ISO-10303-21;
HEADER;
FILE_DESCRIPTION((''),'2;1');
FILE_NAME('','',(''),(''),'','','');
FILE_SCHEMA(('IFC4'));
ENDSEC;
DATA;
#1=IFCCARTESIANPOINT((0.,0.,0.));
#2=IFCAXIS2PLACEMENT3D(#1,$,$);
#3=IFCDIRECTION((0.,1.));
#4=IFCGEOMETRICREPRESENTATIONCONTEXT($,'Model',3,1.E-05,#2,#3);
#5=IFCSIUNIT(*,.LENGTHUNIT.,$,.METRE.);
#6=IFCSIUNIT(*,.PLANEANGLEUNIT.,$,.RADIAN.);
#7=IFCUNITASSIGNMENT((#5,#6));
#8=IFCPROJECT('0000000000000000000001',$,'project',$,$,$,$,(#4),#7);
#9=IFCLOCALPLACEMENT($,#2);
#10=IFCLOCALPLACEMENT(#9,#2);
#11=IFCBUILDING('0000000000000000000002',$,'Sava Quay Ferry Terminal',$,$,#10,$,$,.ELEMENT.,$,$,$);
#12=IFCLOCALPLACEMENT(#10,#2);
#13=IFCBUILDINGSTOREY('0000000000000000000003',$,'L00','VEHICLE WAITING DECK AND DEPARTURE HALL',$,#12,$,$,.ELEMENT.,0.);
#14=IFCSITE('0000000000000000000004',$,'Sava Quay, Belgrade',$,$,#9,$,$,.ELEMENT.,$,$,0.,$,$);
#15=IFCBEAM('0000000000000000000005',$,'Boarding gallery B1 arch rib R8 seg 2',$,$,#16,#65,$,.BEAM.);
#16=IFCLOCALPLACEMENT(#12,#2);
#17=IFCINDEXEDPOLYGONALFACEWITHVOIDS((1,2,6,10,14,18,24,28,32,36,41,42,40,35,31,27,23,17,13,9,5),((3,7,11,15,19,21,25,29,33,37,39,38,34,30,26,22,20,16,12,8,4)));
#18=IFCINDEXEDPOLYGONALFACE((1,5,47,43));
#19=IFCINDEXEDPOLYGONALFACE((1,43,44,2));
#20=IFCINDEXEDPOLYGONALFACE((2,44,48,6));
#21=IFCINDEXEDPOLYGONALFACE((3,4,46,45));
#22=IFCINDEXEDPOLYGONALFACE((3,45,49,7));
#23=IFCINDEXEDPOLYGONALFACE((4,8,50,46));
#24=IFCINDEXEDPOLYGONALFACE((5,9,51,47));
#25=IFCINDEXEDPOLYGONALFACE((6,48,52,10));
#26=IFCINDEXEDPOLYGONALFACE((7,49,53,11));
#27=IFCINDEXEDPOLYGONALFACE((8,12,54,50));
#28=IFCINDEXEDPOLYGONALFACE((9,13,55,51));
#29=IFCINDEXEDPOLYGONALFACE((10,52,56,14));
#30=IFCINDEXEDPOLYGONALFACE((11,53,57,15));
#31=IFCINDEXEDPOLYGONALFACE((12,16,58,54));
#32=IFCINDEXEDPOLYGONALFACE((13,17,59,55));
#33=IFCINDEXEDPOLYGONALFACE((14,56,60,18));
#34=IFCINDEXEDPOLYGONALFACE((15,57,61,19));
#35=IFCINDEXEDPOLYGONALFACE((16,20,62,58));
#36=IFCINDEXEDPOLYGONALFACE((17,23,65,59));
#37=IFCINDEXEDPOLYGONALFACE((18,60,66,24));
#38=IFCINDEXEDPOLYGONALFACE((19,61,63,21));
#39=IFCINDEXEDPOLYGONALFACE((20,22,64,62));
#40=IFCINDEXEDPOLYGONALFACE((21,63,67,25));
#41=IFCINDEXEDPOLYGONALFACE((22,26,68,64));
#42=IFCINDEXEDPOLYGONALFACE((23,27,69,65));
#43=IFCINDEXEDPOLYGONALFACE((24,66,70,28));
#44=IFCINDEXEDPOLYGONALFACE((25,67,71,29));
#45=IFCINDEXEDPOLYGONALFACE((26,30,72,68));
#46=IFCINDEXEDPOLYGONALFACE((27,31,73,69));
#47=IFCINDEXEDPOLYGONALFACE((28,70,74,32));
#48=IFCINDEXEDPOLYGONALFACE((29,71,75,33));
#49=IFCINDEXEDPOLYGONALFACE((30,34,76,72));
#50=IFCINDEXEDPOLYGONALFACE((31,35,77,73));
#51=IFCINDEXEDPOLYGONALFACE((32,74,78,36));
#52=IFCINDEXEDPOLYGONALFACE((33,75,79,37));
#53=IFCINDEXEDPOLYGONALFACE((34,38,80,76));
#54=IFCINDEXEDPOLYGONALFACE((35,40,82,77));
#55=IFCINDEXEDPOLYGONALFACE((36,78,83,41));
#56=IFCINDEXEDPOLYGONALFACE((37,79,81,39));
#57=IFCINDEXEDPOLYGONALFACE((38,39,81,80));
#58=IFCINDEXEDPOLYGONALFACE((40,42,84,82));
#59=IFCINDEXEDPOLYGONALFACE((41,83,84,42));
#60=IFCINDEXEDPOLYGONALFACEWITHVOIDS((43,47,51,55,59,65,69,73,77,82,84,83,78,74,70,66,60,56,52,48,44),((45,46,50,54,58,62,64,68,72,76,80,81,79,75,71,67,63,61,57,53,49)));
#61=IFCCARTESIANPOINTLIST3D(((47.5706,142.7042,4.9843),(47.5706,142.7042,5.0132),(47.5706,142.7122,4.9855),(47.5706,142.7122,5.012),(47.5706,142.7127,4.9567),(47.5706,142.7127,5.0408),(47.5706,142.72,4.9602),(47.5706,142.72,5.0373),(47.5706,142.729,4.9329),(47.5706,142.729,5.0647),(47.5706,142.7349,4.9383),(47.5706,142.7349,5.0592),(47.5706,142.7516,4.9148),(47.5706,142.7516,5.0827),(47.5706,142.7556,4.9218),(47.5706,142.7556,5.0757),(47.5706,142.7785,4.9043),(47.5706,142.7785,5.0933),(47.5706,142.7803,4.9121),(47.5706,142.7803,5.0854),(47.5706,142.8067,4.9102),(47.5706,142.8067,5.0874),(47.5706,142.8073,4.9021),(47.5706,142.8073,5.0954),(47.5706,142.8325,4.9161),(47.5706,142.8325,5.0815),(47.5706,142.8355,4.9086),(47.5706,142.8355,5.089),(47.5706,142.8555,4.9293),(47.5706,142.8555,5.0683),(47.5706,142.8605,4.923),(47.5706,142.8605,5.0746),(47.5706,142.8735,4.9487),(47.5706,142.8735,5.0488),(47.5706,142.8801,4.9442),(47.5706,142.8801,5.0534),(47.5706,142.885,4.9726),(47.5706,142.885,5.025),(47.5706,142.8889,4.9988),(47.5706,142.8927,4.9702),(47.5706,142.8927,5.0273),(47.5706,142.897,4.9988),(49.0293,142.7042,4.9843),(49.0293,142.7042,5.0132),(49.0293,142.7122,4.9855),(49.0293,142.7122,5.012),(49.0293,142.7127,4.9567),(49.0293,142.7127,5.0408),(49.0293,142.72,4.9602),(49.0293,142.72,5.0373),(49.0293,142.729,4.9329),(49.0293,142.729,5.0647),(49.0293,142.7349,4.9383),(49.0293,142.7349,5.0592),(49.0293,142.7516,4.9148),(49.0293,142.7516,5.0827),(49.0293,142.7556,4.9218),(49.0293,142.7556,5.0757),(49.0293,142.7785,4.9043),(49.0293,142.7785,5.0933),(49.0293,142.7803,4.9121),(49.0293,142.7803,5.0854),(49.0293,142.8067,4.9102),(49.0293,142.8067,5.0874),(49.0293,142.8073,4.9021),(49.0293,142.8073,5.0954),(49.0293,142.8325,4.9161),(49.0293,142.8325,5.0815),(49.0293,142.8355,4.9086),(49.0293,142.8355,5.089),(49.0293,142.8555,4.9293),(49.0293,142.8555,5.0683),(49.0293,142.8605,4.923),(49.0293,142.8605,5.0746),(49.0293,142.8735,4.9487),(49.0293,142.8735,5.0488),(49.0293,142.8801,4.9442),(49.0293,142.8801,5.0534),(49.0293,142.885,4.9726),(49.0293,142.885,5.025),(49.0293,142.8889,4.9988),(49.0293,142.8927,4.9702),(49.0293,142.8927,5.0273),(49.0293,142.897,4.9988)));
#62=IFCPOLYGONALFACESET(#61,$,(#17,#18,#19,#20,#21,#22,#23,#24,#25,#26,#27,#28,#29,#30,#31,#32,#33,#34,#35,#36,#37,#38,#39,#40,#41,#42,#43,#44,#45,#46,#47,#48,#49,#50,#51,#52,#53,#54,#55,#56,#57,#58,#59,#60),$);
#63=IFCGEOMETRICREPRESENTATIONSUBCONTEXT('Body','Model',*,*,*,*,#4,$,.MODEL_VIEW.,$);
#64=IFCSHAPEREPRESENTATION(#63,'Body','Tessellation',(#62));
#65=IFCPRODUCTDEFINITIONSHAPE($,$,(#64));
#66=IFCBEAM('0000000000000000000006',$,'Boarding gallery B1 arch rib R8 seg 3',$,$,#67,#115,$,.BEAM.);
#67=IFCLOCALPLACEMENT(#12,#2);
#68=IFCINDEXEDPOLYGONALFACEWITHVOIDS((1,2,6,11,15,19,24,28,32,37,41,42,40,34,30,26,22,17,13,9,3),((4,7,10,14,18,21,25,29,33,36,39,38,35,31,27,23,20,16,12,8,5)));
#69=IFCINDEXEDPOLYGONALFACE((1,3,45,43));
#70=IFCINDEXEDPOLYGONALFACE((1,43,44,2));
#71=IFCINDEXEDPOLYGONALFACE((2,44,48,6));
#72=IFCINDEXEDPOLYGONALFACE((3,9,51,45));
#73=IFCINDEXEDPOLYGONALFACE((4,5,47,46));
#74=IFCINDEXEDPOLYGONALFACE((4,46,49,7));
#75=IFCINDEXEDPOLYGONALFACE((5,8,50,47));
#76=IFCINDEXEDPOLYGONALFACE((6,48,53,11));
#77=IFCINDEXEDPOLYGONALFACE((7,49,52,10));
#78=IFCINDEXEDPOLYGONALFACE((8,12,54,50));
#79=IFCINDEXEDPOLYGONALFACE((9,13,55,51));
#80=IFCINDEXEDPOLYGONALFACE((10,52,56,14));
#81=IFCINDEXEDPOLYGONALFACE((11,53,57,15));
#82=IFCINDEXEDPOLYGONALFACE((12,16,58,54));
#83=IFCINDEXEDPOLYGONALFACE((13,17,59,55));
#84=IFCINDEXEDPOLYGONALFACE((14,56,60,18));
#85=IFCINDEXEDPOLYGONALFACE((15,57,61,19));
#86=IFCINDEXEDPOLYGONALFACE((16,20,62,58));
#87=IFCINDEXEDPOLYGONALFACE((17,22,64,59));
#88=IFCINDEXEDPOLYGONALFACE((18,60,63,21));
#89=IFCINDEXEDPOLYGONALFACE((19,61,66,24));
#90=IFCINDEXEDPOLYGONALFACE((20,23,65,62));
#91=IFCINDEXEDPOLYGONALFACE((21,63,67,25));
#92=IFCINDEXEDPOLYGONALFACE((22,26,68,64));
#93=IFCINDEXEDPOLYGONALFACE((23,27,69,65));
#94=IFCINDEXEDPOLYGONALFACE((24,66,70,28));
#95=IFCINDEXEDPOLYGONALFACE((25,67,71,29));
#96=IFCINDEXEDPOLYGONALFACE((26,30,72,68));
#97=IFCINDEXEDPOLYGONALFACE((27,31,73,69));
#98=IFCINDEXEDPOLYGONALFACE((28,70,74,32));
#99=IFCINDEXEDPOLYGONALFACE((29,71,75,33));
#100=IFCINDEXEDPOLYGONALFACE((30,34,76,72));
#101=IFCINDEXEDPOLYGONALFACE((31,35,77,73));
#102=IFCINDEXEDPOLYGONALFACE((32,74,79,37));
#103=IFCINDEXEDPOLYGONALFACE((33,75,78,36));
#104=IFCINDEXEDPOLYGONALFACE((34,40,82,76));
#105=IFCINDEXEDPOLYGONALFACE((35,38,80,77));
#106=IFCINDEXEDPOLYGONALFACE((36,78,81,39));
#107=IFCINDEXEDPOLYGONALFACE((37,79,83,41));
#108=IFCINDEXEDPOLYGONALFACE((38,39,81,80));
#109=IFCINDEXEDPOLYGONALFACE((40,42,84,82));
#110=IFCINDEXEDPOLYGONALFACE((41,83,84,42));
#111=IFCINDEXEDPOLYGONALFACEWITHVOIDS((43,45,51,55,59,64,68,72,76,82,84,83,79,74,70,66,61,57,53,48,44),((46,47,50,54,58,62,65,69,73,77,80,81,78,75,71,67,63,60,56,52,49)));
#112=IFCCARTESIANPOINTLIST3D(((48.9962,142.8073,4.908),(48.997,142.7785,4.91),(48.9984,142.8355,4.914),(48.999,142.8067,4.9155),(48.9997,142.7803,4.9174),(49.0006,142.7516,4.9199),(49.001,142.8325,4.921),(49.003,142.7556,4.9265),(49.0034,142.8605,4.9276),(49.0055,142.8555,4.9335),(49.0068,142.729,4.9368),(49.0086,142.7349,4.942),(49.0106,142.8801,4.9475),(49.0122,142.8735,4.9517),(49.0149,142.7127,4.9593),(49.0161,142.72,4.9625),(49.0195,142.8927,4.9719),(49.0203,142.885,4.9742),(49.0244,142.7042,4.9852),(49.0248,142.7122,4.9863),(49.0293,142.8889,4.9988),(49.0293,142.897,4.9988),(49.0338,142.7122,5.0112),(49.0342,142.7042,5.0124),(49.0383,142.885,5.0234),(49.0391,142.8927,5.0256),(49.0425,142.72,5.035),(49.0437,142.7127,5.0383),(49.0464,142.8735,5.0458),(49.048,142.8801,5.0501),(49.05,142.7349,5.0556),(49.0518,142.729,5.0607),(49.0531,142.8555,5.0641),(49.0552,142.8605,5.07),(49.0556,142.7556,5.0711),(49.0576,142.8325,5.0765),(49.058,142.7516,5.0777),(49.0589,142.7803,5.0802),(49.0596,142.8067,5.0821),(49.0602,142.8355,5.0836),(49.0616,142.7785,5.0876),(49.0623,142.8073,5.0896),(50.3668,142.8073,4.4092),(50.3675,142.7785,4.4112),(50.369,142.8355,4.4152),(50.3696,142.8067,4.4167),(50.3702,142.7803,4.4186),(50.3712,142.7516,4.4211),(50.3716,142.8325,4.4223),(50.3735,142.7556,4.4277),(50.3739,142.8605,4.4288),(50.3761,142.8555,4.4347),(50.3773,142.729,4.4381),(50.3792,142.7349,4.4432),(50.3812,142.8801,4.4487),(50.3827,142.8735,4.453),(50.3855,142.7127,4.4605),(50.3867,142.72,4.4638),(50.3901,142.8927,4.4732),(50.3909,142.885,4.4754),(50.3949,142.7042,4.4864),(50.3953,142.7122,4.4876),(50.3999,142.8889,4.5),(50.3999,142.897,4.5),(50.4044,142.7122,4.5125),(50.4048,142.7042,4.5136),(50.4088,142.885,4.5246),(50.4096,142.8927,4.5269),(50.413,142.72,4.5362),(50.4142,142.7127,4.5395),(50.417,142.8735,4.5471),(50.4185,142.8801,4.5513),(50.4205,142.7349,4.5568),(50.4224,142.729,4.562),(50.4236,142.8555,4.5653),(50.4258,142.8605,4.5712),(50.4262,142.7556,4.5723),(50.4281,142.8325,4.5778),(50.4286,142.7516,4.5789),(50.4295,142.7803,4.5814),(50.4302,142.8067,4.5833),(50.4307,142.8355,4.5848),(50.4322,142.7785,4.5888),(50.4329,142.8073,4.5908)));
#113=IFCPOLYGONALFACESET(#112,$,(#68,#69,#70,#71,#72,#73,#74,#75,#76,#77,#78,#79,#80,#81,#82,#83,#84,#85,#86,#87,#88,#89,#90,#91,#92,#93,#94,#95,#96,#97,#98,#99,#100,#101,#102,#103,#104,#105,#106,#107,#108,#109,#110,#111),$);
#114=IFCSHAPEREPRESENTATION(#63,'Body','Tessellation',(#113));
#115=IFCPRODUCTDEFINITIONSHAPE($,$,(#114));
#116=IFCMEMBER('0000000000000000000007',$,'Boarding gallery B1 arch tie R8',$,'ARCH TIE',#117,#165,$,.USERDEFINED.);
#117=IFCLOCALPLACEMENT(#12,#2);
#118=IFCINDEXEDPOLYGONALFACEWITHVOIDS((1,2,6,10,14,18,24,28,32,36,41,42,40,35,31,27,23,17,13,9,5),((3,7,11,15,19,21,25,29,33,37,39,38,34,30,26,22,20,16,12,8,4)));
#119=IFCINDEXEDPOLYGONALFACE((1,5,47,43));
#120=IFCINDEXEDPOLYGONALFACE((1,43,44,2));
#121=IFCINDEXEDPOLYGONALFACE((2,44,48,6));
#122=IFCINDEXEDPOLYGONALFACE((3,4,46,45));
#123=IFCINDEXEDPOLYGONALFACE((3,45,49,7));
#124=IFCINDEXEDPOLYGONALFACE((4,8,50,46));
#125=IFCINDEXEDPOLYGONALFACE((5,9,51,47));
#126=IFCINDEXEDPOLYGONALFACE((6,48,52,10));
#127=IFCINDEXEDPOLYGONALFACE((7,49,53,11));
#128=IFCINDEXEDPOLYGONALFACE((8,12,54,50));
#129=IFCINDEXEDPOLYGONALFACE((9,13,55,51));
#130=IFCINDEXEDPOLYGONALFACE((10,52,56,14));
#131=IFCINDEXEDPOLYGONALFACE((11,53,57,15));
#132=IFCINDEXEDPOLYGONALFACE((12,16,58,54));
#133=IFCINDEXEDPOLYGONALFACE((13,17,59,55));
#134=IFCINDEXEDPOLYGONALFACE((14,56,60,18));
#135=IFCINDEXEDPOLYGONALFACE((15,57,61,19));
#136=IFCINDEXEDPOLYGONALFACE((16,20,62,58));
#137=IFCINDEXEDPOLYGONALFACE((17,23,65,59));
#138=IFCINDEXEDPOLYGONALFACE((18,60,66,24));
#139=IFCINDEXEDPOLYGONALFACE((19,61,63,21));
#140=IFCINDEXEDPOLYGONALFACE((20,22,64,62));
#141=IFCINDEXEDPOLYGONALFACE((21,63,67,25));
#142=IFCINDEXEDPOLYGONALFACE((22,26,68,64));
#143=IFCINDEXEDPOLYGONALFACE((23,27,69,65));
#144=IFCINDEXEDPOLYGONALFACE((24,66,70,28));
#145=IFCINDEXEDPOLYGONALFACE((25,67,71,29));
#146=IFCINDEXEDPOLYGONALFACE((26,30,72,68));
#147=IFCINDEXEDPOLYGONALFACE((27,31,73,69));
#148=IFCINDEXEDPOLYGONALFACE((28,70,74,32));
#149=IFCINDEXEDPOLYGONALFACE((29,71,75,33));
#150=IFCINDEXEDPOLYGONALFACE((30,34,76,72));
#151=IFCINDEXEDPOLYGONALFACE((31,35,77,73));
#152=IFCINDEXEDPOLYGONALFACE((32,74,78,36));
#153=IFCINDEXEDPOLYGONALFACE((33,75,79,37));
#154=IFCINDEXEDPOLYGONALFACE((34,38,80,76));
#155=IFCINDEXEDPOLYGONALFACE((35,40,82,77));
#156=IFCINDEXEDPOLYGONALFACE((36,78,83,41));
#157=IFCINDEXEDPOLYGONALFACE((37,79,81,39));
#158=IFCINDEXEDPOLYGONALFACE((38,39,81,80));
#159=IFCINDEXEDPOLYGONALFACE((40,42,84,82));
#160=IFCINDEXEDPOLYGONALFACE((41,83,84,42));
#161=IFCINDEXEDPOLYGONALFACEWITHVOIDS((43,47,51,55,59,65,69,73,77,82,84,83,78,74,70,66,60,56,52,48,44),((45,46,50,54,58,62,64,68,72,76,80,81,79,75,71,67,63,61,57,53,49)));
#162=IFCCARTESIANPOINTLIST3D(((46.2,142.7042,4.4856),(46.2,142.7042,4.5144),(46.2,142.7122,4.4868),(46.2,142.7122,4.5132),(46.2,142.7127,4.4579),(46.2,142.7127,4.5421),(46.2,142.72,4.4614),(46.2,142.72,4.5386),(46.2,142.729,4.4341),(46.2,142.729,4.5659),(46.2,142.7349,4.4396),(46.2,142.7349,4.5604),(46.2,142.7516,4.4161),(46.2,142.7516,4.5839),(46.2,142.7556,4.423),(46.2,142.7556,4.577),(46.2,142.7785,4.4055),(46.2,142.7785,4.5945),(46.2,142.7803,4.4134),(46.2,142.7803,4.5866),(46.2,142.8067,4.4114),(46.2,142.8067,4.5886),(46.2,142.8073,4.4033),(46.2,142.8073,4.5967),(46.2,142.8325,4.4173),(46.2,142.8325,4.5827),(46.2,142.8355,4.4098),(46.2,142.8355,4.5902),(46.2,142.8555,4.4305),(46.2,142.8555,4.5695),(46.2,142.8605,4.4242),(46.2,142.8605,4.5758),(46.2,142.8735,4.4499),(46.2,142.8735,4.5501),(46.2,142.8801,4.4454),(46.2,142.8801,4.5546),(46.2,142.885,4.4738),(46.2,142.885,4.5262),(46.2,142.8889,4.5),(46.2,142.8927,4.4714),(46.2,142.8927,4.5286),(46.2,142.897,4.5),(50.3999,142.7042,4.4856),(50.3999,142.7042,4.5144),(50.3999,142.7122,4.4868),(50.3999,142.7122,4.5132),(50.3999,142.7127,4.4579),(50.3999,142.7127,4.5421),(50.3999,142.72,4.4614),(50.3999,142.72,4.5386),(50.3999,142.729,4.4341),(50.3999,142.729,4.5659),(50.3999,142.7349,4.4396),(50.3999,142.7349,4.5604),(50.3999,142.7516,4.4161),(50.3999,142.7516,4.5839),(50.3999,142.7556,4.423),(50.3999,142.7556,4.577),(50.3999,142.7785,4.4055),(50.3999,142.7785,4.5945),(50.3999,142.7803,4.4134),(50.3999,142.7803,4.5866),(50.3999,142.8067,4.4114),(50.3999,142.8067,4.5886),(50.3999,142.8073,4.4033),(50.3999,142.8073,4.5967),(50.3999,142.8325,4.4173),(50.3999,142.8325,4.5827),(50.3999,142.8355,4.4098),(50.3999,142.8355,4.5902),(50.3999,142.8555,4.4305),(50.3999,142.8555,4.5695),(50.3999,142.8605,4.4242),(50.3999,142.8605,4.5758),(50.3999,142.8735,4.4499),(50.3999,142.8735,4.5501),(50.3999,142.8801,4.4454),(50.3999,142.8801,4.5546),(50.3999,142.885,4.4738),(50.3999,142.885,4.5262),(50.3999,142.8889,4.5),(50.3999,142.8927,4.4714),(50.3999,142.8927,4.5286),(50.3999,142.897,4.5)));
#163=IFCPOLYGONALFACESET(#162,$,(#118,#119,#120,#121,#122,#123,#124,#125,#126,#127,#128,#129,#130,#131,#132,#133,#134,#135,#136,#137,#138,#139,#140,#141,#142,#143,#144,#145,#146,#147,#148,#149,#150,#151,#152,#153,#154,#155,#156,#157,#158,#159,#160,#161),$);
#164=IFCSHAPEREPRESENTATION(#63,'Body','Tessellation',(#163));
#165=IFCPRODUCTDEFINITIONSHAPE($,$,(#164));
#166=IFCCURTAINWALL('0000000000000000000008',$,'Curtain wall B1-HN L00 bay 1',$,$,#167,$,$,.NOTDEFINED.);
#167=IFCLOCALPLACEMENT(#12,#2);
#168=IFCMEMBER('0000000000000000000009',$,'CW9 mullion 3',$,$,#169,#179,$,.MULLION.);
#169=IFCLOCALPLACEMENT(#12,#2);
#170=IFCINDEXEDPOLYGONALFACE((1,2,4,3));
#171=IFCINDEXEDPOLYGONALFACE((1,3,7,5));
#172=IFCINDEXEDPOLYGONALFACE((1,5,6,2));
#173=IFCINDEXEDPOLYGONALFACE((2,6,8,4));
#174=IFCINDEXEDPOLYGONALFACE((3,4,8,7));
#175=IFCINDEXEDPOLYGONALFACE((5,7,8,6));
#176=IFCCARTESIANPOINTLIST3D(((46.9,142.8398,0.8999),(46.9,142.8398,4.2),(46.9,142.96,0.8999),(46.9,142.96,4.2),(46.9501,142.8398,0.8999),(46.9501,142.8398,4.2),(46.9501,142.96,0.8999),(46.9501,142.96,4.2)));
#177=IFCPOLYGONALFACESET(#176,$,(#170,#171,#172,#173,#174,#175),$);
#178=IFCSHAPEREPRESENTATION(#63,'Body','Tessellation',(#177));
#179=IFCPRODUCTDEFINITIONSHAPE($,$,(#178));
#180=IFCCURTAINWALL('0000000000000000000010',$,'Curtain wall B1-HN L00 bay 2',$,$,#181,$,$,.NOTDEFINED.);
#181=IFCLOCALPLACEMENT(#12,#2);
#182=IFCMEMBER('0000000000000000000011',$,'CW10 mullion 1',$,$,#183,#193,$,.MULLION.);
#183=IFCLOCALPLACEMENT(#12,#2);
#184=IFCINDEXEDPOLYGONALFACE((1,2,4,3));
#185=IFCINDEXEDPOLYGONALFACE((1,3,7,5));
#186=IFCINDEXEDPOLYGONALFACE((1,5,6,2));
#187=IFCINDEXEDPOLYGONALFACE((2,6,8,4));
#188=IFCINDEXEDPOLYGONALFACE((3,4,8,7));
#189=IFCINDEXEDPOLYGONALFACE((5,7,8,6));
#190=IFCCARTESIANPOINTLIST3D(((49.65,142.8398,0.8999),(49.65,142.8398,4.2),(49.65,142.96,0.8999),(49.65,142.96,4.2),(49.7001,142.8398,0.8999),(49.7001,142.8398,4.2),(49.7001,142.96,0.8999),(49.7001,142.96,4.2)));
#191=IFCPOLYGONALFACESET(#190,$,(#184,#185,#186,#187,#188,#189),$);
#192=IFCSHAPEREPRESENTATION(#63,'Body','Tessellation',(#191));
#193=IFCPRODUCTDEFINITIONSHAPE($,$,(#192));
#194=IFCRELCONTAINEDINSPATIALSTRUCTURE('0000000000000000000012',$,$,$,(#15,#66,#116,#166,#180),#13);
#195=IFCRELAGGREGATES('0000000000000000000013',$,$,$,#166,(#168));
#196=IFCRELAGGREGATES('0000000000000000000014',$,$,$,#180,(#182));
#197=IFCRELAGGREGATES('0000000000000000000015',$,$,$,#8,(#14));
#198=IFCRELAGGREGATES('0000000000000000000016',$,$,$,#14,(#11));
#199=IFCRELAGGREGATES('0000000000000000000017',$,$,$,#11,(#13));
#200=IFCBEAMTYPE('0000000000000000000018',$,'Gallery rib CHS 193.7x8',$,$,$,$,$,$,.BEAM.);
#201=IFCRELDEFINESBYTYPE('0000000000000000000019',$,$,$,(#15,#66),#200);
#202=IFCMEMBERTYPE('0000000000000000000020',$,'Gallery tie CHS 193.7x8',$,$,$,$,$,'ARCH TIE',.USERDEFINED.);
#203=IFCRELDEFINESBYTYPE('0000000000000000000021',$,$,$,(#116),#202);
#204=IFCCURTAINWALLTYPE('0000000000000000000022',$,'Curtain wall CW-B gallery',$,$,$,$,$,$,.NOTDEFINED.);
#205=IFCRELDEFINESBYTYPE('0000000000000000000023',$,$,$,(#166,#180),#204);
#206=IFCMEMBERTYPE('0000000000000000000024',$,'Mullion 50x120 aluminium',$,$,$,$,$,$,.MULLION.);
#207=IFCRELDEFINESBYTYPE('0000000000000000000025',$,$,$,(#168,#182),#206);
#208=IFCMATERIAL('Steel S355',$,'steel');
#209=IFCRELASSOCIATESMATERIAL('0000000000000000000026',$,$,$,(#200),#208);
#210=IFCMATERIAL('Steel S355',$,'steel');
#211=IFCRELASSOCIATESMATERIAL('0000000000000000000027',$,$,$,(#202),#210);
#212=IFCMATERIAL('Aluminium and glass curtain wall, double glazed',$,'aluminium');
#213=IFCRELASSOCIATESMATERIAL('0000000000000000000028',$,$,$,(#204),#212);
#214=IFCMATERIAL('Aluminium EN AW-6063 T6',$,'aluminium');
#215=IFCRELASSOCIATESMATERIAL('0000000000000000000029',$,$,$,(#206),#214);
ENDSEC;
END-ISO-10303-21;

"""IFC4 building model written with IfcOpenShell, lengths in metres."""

from ifc_helpers import new_model, si_unit, direction, frame, origin, origin_2d, place, context, subcontext, project, spatial, rectangle, hollow_circle, extrude, material, material_profile, profile_set, type_object, element, aggregate, save


model = new_model("IFC4")

# Units and contexts
model_context = context("Model", 3, precision=1e-05, world=origin(), true_north=direction((0.0, 1.0)))
body_context = subcontext(model_context, "Body", "Model", "MODEL_VIEW")
ifc_project = project(units=[si_unit("LENGTHUNIT", "METRE"), si_unit("PLANEANGLEUNIT", "RADIAN")], contexts=[model_context])

# Site, building, storey
site_placement = place(None, origin())
site = spatial("IfcSite", under=ifc_project, at=site_placement, Name="Sava Quay, Belgrade", CompositionType="ELEMENT", RefElevation=0.0)
building_placement = place(site_placement, origin())
building = spatial("IfcBuilding", under=site, at=building_placement, Name="Sava Quay Ferry Terminal", CompositionType="ELEMENT")
storey_placement = place(building_placement, origin())
storey = spatial("IfcBuildingStorey", under=building, at=storey_placement, Name="L00", Description="VEHICLE WAITING DECK AND DEPARTURE HALL", CompositionType="ELEMENT", Elevation=0.0)

# Beams
ifc_material_1 = material(Name="Steel S355", Category="steel")
ifc_material_profile_1 = material_profile(ifc_material_1, hollow_circle(Radius=0.0969, WallThickness=0.0081, at=origin_2d()), Name="CHS 193.7 x 8.0")
ifc_profile_set_1 = profile_set([ifc_material_profile_1], Name="Steel S355")
beam_type = type_object("IfcBeamType", Name="Gallery rib CHS 193.7x8", PredefinedType="BEAM", material=ifc_profile_set_1)
beam_1_placement = place(storey_placement, frame((47.5706, 142.8, 4.9988), z_axis=(1.0, 0.0, 0.0), x_axis=(0.0, 1.0, 0.0)))
element("IfcBeam", 1, at=beam_1_placement, inside=storey, type_object=beam_type, Name="Boarding gallery B1 arch rib R8 seg 2", PredefinedType="BEAM", context=body_context, shape_type="SweptSolid", body=[
    extrude(hollow_circle(Radius=0.0969, WallThickness=0.0081, at=origin_2d()), origin(), (0.0, 0.0, 1.0), 1.4587),
])
beam_2_placement = place(storey_placement, frame((49.0293, 142.8, 4.9988), z_axis=(0.93971, 0.0, -0.341972), x_axis=(0.0, 1.0, 0.0)))
element("IfcBeam", 2, at=beam_2_placement, inside=storey, type_object=beam_type, Name="Boarding gallery B1 arch rib R8 seg 3", PredefinedType="BEAM", context=body_context, shape_type="SweptSolid", body=[
    extrude(hollow_circle(Radius=0.0969, WallThickness=0.0081, at=origin_2d()), origin(), (0.0, 0.0, 1.0), 1.4585),
])

# Member
ifc_material_2 = material(Name="Steel S355", Category="steel")
ifc_material_profile_2 = material_profile(ifc_material_2, hollow_circle(Radius=0.0969, WallThickness=0.0081, at=origin_2d()), Name="CHS 193.7 x 8.0")
ifc_profile_set_2 = profile_set([ifc_material_profile_2], Name="Steel S355")
member_type_1 = type_object("IfcMemberType", Name="Gallery tie CHS 193.7x8", ElementType="ARCH TIE", PredefinedType="USERDEFINED", material=ifc_profile_set_2)
member_1_placement = place(storey_placement, frame((46.2, 142.8, 4.5), z_axis=(1.0, 0.0, 0.0), x_axis=(0.0, 1.0, 0.0)))
element("IfcMember", 3, at=member_1_placement, inside=storey, type_object=member_type_1, Name="Boarding gallery B1 arch tie R8", ObjectType="ARCH TIE", PredefinedType="USERDEFINED", context=body_context, shape_type="SweptSolid", body=[
    extrude(hollow_circle(Radius=0.0969, WallThickness=0.0081, at=origin_2d()), origin(), (0.0, 0.0, 1.0), 4.2),
])

# Curtain wall, member
ifc_material_3 = material(Name="Aluminium and glass curtain wall, double glazed", Category="aluminium")
curtain_wall_type = type_object("IfcCurtainWallType", Name="Curtain wall CW-B gallery", PredefinedType="NOTDEFINED", material=ifc_material_3)
curtain_wall_1_placement = place(storey_placement, origin())
curtain_wall_1 = element("IfcCurtainWall", 4, at=curtain_wall_1_placement, inside=storey, type_object=curtain_wall_type, Name="Curtain wall B1-HN L00 bay 1", PredefinedType="NOTDEFINED")
ifc_material_4 = material(Name="Aluminium EN AW-6063 T6", Category="aluminium")
ifc_material_profile_3 = material_profile(ifc_material_4, rectangle(XDim=0.1201, YDim=0.05, at=origin_2d()), Name="Mullion 50x120 aluminium")
ifc_profile_set_3 = profile_set([ifc_material_profile_3], Name="Aluminium EN AW-6063 T6")
member_type_2 = type_object("IfcMemberType", Name="Mullion 50x120 aluminium", PredefinedType="MULLION", material=ifc_profile_set_3)
member_2_placement = place(storey_placement, frame((46.925, 142.8999, 0.8999), z_axis=(0.0, 0.0, 1.0), x_axis=(0.0, 1.0, 0.0)))
member_2 = element("IfcMember", 5, at=member_2_placement, type_object=member_type_2, Name="CW9 mullion 3", PredefinedType="MULLION", context=body_context, shape_type="SweptSolid", body=[
    extrude(rectangle(XDim=0.1201, YDim=0.05, at=origin_2d()), origin(), (0.0, 0.0, 1.0), 3.3),
])

# Curtain wall, member
curtain_wall_2_placement = place(storey_placement, origin())
curtain_wall_2 = element("IfcCurtainWall", 6, at=curtain_wall_2_placement, inside=storey, type_object=curtain_wall_type, Name="Curtain wall B1-HN L00 bay 2", PredefinedType="NOTDEFINED")
member_3_placement = place(storey_placement, frame((49.675, 142.8999, 0.8999), z_axis=(0.0, 0.0, 1.0), x_axis=(0.0, 1.0, 0.0)))
member_3 = element("IfcMember", 7, at=member_3_placement, type_object=member_type_2, Name="CW10 mullion 1", PredefinedType="MULLION", context=body_context, shape_type="SweptSolid", body=[
    extrude(rectangle(XDim=0.1201, YDim=0.05, at=origin_2d()), origin(), (0.0, 0.0, 1.0), 3.3),
])

aggregate(curtain_wall_1, [member_2])
aggregate(curtain_wall_2, [member_3])

save(model, "model.ifc")
